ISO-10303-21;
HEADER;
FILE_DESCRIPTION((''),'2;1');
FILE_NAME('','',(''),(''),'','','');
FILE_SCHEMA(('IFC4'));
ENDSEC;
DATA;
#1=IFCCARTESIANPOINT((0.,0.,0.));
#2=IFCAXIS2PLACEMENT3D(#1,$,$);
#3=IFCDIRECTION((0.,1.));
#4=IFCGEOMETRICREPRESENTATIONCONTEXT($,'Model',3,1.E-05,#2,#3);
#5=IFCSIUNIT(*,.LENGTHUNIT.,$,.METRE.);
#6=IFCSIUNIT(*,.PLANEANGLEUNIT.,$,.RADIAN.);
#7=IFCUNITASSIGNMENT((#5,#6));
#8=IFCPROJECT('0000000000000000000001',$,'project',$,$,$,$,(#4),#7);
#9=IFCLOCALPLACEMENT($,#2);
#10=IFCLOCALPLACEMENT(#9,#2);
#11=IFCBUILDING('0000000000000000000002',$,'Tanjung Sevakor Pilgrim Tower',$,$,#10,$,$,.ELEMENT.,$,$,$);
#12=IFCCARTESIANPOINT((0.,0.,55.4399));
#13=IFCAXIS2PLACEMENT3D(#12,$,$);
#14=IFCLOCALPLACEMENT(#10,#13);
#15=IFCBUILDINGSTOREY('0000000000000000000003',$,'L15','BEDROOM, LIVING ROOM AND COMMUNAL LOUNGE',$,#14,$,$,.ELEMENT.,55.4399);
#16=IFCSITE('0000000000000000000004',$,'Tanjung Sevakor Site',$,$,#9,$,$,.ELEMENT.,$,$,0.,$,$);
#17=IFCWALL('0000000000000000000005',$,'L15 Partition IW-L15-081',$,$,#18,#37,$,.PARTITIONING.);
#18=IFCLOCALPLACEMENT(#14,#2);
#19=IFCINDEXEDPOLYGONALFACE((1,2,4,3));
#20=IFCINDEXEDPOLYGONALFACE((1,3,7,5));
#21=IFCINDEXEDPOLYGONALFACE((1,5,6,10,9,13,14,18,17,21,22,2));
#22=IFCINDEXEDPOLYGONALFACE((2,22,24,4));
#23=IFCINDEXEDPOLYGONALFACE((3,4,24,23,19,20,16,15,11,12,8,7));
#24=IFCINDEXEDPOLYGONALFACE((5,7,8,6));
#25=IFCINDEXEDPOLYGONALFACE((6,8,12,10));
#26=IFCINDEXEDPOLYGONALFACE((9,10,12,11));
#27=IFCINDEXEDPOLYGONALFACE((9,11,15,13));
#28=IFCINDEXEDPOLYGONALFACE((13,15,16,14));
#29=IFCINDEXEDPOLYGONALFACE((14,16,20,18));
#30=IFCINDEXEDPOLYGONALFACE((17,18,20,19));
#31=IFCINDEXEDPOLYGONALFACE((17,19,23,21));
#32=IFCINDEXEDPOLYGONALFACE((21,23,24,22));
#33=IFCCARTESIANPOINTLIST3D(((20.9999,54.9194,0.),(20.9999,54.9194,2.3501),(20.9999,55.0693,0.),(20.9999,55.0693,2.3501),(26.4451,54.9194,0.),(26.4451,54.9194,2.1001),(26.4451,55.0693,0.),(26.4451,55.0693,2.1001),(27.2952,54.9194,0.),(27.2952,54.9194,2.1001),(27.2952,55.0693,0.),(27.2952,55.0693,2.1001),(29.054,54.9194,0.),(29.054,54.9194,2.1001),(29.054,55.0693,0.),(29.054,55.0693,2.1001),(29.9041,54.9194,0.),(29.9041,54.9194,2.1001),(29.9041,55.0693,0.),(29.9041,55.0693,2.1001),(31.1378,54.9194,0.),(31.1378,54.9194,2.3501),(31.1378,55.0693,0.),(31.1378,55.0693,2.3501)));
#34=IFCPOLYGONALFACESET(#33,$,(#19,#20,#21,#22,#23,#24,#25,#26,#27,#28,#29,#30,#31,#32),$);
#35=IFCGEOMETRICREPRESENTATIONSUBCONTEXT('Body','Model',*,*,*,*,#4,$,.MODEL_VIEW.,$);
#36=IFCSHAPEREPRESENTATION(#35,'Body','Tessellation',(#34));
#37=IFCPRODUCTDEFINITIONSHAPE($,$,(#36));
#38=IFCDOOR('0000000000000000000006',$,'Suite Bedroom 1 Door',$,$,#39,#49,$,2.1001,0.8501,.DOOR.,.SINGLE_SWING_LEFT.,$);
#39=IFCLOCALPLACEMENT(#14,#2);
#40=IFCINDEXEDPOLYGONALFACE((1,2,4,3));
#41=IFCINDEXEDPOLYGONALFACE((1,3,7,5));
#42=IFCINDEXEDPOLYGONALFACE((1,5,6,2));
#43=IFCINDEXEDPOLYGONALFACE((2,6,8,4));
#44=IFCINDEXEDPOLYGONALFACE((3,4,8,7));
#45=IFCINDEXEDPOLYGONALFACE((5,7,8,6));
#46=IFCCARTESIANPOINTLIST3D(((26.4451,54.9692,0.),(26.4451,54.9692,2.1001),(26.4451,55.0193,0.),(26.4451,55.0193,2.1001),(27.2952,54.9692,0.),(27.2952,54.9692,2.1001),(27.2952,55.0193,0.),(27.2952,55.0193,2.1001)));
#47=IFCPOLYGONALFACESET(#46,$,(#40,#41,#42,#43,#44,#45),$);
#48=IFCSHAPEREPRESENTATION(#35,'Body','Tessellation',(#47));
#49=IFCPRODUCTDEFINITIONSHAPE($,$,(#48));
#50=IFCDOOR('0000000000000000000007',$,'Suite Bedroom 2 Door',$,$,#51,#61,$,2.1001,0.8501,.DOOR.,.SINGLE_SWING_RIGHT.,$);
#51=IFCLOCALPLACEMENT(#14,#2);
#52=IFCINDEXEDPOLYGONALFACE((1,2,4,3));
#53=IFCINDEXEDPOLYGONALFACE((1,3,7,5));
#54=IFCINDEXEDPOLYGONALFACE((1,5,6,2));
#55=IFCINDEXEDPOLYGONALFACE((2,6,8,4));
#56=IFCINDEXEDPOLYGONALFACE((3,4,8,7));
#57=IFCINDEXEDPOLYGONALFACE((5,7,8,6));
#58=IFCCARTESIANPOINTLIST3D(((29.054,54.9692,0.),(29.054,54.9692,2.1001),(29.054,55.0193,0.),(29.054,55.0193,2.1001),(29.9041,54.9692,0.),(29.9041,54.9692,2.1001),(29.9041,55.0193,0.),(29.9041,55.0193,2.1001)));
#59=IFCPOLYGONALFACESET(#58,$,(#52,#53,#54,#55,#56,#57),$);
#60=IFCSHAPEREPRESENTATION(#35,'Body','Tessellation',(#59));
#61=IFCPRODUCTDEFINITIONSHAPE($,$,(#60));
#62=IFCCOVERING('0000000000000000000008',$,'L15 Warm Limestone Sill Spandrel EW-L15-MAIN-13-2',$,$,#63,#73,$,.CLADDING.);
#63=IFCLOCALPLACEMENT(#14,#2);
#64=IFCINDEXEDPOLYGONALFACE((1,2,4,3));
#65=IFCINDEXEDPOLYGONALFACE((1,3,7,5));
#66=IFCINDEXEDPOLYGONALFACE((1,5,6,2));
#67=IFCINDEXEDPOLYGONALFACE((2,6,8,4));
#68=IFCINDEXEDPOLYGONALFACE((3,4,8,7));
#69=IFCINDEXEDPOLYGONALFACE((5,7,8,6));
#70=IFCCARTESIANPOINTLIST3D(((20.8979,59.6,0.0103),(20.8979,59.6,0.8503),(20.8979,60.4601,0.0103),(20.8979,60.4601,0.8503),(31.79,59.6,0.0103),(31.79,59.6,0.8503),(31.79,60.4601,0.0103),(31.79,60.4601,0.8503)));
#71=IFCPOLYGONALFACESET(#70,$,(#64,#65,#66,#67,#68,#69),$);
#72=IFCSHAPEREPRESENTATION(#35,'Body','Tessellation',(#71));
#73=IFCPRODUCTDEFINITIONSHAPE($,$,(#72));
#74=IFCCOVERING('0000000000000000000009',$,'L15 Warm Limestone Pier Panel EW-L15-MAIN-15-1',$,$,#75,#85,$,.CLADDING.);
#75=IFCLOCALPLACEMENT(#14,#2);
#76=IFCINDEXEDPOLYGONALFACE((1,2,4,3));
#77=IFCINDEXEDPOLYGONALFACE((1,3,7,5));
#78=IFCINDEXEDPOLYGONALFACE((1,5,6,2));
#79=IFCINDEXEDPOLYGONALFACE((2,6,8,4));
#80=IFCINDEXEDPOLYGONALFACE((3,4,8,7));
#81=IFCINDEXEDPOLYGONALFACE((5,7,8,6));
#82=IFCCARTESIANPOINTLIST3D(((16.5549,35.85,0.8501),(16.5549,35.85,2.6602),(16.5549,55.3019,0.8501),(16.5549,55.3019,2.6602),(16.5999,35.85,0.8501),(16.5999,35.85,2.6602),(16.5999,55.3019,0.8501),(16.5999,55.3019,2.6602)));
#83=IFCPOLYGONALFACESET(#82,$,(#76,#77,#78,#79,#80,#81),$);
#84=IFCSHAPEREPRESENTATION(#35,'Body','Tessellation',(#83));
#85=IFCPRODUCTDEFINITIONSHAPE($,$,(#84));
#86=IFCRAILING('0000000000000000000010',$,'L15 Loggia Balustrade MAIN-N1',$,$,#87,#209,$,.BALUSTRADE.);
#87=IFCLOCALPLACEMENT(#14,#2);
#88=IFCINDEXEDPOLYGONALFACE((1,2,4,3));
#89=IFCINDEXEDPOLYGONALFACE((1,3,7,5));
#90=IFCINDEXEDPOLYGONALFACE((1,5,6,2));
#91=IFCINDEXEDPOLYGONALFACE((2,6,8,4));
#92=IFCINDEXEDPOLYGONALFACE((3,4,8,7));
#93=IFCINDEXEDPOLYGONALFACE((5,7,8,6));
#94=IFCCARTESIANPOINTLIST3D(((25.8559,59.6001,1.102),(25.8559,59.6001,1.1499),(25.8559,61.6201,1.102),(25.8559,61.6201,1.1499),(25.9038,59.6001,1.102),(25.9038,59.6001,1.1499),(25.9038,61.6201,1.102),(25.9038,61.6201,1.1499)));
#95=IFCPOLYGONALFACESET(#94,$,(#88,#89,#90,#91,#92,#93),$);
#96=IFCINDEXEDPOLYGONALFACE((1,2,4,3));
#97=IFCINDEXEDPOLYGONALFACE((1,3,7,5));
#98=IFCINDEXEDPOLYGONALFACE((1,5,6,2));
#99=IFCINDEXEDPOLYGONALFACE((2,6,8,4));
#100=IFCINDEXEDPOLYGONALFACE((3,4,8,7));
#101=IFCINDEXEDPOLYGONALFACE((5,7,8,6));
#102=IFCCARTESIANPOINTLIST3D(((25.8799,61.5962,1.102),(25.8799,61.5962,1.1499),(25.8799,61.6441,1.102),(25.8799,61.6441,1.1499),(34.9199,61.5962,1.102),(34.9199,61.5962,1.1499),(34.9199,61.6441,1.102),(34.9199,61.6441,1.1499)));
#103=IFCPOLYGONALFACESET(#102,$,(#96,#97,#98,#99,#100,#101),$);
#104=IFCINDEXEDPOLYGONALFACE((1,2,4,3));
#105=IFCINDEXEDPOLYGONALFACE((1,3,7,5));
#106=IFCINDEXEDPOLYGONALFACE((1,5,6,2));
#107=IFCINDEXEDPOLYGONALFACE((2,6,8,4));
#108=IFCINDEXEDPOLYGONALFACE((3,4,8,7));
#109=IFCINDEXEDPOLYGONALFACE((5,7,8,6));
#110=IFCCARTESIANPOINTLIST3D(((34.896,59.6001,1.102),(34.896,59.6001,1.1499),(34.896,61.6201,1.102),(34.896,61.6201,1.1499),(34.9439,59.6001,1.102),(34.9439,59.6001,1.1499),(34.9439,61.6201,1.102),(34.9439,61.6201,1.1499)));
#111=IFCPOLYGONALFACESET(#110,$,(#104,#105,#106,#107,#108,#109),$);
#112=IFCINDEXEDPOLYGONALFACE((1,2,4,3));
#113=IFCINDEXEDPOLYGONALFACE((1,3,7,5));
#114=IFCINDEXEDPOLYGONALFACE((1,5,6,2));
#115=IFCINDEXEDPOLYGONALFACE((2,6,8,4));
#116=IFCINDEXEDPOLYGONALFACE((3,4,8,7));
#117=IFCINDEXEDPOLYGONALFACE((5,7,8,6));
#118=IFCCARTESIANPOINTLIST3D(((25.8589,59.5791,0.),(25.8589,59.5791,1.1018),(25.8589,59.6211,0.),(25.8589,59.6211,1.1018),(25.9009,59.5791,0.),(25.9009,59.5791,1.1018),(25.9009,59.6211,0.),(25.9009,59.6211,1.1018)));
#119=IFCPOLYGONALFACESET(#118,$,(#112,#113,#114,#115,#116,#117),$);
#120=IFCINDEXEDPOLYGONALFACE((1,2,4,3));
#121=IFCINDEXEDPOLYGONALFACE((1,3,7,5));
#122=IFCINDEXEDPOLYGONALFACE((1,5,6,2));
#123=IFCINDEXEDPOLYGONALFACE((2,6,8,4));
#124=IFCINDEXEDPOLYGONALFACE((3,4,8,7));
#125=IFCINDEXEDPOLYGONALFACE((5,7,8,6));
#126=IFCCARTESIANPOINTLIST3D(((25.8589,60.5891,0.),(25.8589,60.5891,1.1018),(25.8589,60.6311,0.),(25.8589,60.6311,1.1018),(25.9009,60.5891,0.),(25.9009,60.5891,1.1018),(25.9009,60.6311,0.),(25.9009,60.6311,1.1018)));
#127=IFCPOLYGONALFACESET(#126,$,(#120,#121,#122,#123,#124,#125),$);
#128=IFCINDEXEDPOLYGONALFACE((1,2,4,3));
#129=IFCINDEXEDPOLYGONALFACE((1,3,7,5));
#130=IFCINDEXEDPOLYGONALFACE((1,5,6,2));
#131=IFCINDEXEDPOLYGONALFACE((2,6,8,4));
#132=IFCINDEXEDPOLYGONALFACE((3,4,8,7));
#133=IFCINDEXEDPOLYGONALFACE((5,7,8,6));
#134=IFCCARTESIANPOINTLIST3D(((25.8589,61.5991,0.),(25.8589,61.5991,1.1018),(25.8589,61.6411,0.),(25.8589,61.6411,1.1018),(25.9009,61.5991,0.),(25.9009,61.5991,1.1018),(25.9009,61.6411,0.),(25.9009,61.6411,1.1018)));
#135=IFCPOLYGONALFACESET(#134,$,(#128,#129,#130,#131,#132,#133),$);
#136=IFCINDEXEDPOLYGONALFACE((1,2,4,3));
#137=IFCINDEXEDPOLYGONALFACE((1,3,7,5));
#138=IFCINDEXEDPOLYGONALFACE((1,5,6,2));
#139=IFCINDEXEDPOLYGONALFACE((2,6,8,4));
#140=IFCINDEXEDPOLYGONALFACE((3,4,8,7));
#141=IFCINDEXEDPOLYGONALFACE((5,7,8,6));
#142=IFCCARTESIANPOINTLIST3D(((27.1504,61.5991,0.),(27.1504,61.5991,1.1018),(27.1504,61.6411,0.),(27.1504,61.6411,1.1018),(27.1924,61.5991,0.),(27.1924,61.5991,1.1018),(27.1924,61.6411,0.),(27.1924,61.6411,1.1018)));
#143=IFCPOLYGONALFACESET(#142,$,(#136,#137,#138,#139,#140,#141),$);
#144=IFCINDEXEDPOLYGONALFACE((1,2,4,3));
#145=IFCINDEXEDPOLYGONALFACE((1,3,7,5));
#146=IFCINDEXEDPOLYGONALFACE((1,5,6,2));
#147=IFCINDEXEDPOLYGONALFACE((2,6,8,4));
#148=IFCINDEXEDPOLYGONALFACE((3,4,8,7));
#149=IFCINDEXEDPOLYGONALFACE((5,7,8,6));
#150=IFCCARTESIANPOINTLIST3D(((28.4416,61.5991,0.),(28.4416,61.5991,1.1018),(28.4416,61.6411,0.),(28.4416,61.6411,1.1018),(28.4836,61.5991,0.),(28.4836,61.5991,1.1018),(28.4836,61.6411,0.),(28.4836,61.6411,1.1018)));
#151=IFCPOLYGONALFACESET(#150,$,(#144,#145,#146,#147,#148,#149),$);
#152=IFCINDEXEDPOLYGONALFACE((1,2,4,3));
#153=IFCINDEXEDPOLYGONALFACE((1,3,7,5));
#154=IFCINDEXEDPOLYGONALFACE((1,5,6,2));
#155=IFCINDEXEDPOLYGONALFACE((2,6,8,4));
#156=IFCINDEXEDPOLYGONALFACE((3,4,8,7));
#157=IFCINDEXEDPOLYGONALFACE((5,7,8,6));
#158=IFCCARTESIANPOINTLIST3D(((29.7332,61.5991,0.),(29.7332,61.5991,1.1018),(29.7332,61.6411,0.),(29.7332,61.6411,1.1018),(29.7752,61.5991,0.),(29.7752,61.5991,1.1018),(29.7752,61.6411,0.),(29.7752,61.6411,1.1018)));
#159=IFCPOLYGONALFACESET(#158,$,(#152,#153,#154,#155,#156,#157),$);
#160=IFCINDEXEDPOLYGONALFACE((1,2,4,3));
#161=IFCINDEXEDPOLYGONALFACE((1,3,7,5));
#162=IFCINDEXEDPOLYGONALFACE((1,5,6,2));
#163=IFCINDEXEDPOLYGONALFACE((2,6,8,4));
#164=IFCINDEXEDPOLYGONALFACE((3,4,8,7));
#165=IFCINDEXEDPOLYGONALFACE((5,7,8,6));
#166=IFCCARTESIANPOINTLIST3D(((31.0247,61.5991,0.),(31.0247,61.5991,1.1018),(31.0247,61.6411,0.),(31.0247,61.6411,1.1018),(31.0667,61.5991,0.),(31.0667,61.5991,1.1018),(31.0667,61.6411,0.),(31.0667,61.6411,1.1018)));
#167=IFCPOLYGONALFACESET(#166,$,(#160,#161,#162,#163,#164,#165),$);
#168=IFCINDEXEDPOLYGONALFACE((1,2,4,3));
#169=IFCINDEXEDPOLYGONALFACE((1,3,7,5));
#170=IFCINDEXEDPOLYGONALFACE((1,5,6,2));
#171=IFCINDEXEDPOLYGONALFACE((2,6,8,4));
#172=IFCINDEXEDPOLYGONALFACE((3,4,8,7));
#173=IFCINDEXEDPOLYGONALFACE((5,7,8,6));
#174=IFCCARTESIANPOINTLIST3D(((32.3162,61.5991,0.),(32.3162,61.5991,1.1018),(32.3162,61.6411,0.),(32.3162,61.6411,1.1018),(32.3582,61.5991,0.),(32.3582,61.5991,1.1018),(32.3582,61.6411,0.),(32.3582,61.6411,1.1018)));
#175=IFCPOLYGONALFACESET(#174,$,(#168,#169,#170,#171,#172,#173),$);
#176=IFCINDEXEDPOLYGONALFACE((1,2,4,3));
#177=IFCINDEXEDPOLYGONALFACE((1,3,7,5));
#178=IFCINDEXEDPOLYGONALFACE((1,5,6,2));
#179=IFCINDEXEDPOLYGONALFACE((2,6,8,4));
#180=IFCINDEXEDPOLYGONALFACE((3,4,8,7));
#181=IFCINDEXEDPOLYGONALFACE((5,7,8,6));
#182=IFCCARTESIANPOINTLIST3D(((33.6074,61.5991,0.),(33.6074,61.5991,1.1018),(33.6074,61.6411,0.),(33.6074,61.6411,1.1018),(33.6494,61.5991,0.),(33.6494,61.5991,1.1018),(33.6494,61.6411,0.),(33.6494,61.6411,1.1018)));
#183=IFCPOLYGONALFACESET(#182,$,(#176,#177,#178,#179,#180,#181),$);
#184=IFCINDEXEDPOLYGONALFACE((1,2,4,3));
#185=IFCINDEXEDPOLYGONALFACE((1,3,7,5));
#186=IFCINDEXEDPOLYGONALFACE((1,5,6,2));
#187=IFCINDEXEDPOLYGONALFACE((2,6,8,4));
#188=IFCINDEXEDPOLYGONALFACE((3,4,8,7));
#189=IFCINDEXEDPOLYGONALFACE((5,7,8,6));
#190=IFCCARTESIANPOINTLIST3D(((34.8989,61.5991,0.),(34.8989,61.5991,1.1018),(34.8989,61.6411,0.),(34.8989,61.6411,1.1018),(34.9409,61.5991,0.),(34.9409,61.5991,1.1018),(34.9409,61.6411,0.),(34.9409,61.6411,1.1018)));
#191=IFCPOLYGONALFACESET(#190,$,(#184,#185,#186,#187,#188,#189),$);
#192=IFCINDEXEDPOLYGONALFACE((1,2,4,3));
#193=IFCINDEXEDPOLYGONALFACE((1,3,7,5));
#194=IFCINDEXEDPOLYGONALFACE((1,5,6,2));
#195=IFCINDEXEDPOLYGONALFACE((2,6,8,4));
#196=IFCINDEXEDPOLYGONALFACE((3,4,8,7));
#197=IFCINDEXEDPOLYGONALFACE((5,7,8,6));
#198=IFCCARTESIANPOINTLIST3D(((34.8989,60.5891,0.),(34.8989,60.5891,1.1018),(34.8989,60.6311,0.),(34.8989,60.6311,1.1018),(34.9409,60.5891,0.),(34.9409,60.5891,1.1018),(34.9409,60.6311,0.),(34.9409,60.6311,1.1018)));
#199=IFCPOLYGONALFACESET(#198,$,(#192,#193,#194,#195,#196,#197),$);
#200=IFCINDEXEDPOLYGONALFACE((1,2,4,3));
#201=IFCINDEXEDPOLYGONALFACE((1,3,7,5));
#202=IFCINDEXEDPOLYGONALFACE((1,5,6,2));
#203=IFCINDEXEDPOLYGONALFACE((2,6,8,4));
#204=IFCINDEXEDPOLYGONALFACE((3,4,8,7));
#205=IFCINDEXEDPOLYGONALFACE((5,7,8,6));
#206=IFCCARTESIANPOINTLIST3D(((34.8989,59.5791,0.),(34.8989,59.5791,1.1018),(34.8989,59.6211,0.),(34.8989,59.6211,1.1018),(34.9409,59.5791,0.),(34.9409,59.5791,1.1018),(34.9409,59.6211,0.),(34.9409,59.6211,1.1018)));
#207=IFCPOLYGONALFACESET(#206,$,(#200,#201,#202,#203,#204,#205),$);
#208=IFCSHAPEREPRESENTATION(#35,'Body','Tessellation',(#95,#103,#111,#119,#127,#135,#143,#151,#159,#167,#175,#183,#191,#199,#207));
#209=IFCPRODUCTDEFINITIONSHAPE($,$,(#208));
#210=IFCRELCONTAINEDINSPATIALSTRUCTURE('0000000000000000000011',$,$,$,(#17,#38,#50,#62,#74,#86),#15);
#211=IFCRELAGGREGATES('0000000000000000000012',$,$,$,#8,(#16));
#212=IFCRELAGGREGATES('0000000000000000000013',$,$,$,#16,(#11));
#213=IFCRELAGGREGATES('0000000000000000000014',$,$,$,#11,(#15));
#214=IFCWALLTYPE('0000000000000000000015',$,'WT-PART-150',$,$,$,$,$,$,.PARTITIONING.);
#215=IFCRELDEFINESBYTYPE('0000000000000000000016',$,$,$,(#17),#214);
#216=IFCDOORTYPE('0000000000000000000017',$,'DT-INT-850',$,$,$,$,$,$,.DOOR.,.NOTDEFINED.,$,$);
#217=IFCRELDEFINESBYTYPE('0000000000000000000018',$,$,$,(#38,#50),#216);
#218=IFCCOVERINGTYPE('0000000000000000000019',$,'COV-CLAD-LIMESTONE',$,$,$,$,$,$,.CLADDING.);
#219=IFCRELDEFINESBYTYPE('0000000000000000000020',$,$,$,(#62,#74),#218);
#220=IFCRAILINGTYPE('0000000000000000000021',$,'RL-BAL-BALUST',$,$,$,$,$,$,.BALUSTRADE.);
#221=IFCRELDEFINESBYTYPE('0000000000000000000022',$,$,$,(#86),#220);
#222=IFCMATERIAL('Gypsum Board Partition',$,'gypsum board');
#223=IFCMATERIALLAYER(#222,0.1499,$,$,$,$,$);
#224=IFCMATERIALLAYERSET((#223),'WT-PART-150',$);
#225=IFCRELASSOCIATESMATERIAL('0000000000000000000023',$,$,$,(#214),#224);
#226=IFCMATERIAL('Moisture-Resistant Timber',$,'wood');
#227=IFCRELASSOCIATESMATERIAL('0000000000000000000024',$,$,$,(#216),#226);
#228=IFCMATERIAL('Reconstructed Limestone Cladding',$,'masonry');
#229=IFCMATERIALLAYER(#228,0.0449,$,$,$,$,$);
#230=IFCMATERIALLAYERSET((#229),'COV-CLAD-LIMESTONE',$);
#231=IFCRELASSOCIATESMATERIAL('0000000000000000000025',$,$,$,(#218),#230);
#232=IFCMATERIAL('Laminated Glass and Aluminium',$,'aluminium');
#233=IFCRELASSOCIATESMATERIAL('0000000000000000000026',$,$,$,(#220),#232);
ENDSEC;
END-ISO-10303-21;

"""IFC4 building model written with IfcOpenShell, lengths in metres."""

from ifc_helpers import new_model, si_unit, direction, frame, frame_2d, origin, origin_2d, place, context, subcontext, project, spatial, rectangle, extrude, material, layer, layer_set, type_object, element, fill, save


model = new_model("IFC4")

# Units and contexts
model_context = context("Model", 3, precision=1e-05, world=origin(), true_north=direction((0.0, 1.0)))
body_context = subcontext(model_context, "Body", "Model", "MODEL_VIEW")
ifc_project = project(units=[si_unit("LENGTHUNIT", "METRE"), si_unit("PLANEANGLEUNIT", "RADIAN")], contexts=[model_context])

# Site, building, storey
site_placement = place(None, origin())
site = spatial("IfcSite", under=ifc_project, at=site_placement, Name="Tanjung Sevakor Site", CompositionType="ELEMENT", RefElevation=0.0)
building_placement = place(site_placement, origin())
building = spatial("IfcBuilding", under=site, at=building_placement, Name="Tanjung Sevakor Pilgrim Tower", CompositionType="ELEMENT")
storey_placement = place(building_placement, frame((0.0, 0.0, 55.4399)))
storey = spatial("IfcBuildingStorey", under=building, at=storey_placement, Name="L15", Description="BEDROOM, LIVING ROOM AND COMMUNAL LOUNGE", CompositionType="ELEMENT", Elevation=55.4399)

# Shared definitions
ifc_material_1 = material(Name="Gypsum Board Partition", Category="gypsum board")
ifc_layer_1 = layer(ifc_material_1, 0.1499)
ifc_layer_set_1 = layer_set([ifc_layer_1], Name="WT-PART-150")
wall_type_1 = type_object("IfcWallType", Name="WT-PART-150", PredefinedType="PARTITIONING", material=ifc_layer_set_1)

# Shared definitions
ifc_material_2 = material(Name="Moisture-Resistant Timber", Category="wood")
door_type_1 = type_object("IfcDoorType", Name="DT-INT-850", OperationType="NOTDEFINED", PredefinedType="DOOR", material=ifc_material_2)

# Wall, openings, doors
wall_1_placement = place(storey_placement, frame((21.0, 54.9944, 0.0), z_axis=(0.0, 0.0, 1.0), x_axis=(1.0, 0.0, 0.0)))
wall_1 = element("IfcWall", 1, at=wall_1_placement, inside=storey, type_object=wall_type_1, Name="L15 Partition IW-L15-081", PredefinedType="PARTITIONING", context=body_context, shape_type="SweptSolid", body=[
    extrude(rectangle(XDim=10.1379, YDim=0.1499, at=frame_2d((5.0688, 0.0))), origin(), (0.0, 0.0, 1.0), 2.3501),
])
opening_1_placement = place(wall_1_placement, frame((5.4451, 0.0, 0.0)))
opening_1 = element("IfcOpeningElement", 2, at=opening_1_placement, cuts=wall_1, PredefinedType="OPENING", context=body_context, shape_type="SweptSolid", body=[
    extrude(rectangle(XDim=0.8501, YDim=2.1001, at=frame_2d((0.425, 1.05))), frame((0.0, 0.085, 0.0), z_axis=(0.0, -1.0, 0.0), x_axis=(1.0, 0.0, 0.0)), (0.0, 0.0, 1.0), 0.1699),
])
opening_2_placement = place(wall_1_placement, frame((8.054, 0.0, 0.0)))
opening_2 = element("IfcOpeningElement", 3, at=opening_2_placement, cuts=wall_1, PredefinedType="OPENING", context=body_context, shape_type="SweptSolid", body=[
    extrude(rectangle(XDim=0.8501, YDim=2.1001, at=frame_2d((0.425, 1.05))), frame((0.0, 0.085, 0.0), z_axis=(0.0, -1.0, 0.0), x_axis=(1.0, 0.0, 0.0)), (0.0, 0.0, 1.0), 0.1699),
])
door_1_placement = place(opening_1_placement, origin())
door_1 = element("IfcDoor", 4, at=door_1_placement, inside=storey, type_object=door_type_1, Name="Suite Bedroom 1 Door", OperationType="SINGLE_SWING_LEFT", OverallHeight=2.1001, OverallWidth=0.8501, PredefinedType="DOOR", context=body_context, shape_type="SweptSolid", body=[
    extrude(rectangle(XDim=0.8501, YDim=2.1001, at=frame_2d((0.425, 1.05))), frame((0.0, 0.0249, 0.0), z_axis=(0.0, -1.0, 0.0), x_axis=(1.0, 0.0, 0.0)), (0.0, 0.0, 1.0), 0.05),
])
fill(opening_1, door_1)
door_2_placement = place(opening_2_placement, origin())
door_2 = element("IfcDoor", 5, at=door_2_placement, inside=storey, type_object=door_type_1, Name="Suite Bedroom 2 Door", OperationType="SINGLE_SWING_RIGHT", OverallHeight=2.1001, OverallWidth=0.8501, PredefinedType="DOOR", context=body_context, shape_type="SweptSolid", body=[
    extrude(rectangle(XDim=0.8501, YDim=2.1001, at=frame_2d((0.425, 1.05))), frame((0.0, 0.0249, 0.0), z_axis=(0.0, -1.0, 0.0), x_axis=(1.0, 0.0, 0.0)), (0.0, 0.0, 1.0), 0.05),
])
fill(opening_2, door_2)

# Coverings
ifc_material_3 = material(Name="Reconstructed Limestone Cladding", Category="masonry")
ifc_layer_2 = layer(ifc_material_3, 0.0449)
ifc_layer_set_2 = layer_set([ifc_layer_2], Name="COV-CLAD-LIMESTONE")
covering_type = type_object("IfcCoveringType", Name="COV-CLAD-LIMESTONE", PredefinedType="CLADDING", material=ifc_layer_set_2)
covering_1_placement = place(storey_placement, frame((26.344, 60.03, 0.0103), z_axis=(0.0, 0.0, 1.0), x_axis=(-1.0, 0.0, 0.0)))
element("IfcCovering", 6, at=covering_1_placement, inside=storey, type_object=covering_type, Name="L15 Warm Limestone Sill Spandrel EW-L15-MAIN-13-2", PredefinedType="CLADDING", context=body_context, shape_type="SweptSolid", body=[
    extrude(rectangle(XDim=10.8921, YDim=0.8601, at=origin_2d()), origin(), (0.0, 0.0, 1.0), 0.8401),
])
covering_2_placement = place(storey_placement, frame((16.5774, 45.5759, 0.8501), z_axis=(0.0, 0.0, 1.0), x_axis=(0.0, -1.0, 0.0)))
element("IfcCovering", 7, at=covering_2_placement, inside=storey, type_object=covering_type, Name="L15 Warm Limestone Pier Panel EW-L15-MAIN-15-1", PredefinedType="CLADDING", context=body_context, shape_type="SweptSolid", body=[
    extrude(rectangle(XDim=19.4519, YDim=0.0449, at=origin_2d()), origin(), (0.0, 0.0, 1.0), 1.8101),
])

# Railing
ifc_material_4 = material(Name="Laminated Glass and Aluminium", Category="aluminium")
railing_type = type_object("IfcRailingType", Name="RL-BAL-BALUST", PredefinedType="BALUSTRADE", material=ifc_material_4)
railing_placement = place(storey_placement, frame((25.8799, 59.6001, 0.0)))
element("IfcRailing", 8, at=railing_placement, inside=storey, type_object=railing_type, Name="L15 Loggia Balustrade MAIN-N1", PredefinedType="BALUSTRADE", context=body_context, shape_type="SweptSolid", body=[
    extrude(rectangle(XDim=0.0479, YDim=0.0479), frame((0.0, 0.0, 1.126), z_axis=(0.0, 1.0, 0.0), x_axis=(-1.0, 0.0, 0.0)), (0.0, 0.0, 1.0), 2.02),
    extrude(rectangle(XDim=0.0479, YDim=0.0479), frame((0.0, 2.02, 1.126), z_axis=(1.0, 0.0, 0.0), x_axis=(0.0, 1.0, 0.0)), (0.0, 0.0, 1.0), 9.04),
    extrude(rectangle(XDim=0.0479, YDim=0.0479), frame((9.04, 2.02, 1.126), z_axis=(0.0, -1.0, 0.0), x_axis=(1.0, 0.0, 0.0)), (0.0, 0.0, 1.0), 2.02),
    extrude(rectangle(XDim=0.042, YDim=0.042), origin(), (0.0, 0.0, 1.0), 1.1018),
    extrude(rectangle(XDim=0.042, YDim=0.042), frame((0.0, 1.01, 0.0)), (0.0, 0.0, 1.0), 1.1018),
    extrude(rectangle(XDim=0.042, YDim=0.042), frame((0.0, 2.02, 0.0)), (0.0, 0.0, 1.0), 1.1018),
    extrude(rectangle(XDim=0.042, YDim=0.042), frame((1.2915, 2.02, 0.0)), (0.0, 0.0, 1.0), 1.1018),
    extrude(rectangle(XDim=0.042, YDim=0.042), frame((2.5828, 2.02, 0.0)), (0.0, 0.0, 1.0), 1.1018),
    extrude(rectangle(XDim=0.042, YDim=0.042), frame((3.8743, 2.02, 0.0)), (0.0, 0.0, 1.0), 1.1018),
    extrude(rectangle(XDim=0.042, YDim=0.042), frame((5.1658, 2.02, 0.0)), (0.0, 0.0, 1.0), 1.1018),
    extrude(rectangle(XDim=0.042, YDim=0.042), frame((6.4573, 2.02, 0.0)), (0.0, 0.0, 1.0), 1.1018),
    extrude(rectangle(XDim=0.042, YDim=0.042), frame((7.7485, 2.02, 0.0)), (0.0, 0.0, 1.0), 1.1018),
    extrude(rectangle(XDim=0.042, YDim=0.042), frame((9.04, 2.02, 0.0)), (0.0, 0.0, 1.0), 1.1018),
    extrude(rectangle(XDim=0.042, YDim=0.042), frame((9.04, 1.01, 0.0)), (0.0, 0.0, 1.0), 1.1018),
    extrude(rectangle(XDim=0.042, YDim=0.042), frame((9.04, 0.0, 0.0)), (0.0, 0.0, 1.0), 1.1018),
])

save(model, "model.ifc")
